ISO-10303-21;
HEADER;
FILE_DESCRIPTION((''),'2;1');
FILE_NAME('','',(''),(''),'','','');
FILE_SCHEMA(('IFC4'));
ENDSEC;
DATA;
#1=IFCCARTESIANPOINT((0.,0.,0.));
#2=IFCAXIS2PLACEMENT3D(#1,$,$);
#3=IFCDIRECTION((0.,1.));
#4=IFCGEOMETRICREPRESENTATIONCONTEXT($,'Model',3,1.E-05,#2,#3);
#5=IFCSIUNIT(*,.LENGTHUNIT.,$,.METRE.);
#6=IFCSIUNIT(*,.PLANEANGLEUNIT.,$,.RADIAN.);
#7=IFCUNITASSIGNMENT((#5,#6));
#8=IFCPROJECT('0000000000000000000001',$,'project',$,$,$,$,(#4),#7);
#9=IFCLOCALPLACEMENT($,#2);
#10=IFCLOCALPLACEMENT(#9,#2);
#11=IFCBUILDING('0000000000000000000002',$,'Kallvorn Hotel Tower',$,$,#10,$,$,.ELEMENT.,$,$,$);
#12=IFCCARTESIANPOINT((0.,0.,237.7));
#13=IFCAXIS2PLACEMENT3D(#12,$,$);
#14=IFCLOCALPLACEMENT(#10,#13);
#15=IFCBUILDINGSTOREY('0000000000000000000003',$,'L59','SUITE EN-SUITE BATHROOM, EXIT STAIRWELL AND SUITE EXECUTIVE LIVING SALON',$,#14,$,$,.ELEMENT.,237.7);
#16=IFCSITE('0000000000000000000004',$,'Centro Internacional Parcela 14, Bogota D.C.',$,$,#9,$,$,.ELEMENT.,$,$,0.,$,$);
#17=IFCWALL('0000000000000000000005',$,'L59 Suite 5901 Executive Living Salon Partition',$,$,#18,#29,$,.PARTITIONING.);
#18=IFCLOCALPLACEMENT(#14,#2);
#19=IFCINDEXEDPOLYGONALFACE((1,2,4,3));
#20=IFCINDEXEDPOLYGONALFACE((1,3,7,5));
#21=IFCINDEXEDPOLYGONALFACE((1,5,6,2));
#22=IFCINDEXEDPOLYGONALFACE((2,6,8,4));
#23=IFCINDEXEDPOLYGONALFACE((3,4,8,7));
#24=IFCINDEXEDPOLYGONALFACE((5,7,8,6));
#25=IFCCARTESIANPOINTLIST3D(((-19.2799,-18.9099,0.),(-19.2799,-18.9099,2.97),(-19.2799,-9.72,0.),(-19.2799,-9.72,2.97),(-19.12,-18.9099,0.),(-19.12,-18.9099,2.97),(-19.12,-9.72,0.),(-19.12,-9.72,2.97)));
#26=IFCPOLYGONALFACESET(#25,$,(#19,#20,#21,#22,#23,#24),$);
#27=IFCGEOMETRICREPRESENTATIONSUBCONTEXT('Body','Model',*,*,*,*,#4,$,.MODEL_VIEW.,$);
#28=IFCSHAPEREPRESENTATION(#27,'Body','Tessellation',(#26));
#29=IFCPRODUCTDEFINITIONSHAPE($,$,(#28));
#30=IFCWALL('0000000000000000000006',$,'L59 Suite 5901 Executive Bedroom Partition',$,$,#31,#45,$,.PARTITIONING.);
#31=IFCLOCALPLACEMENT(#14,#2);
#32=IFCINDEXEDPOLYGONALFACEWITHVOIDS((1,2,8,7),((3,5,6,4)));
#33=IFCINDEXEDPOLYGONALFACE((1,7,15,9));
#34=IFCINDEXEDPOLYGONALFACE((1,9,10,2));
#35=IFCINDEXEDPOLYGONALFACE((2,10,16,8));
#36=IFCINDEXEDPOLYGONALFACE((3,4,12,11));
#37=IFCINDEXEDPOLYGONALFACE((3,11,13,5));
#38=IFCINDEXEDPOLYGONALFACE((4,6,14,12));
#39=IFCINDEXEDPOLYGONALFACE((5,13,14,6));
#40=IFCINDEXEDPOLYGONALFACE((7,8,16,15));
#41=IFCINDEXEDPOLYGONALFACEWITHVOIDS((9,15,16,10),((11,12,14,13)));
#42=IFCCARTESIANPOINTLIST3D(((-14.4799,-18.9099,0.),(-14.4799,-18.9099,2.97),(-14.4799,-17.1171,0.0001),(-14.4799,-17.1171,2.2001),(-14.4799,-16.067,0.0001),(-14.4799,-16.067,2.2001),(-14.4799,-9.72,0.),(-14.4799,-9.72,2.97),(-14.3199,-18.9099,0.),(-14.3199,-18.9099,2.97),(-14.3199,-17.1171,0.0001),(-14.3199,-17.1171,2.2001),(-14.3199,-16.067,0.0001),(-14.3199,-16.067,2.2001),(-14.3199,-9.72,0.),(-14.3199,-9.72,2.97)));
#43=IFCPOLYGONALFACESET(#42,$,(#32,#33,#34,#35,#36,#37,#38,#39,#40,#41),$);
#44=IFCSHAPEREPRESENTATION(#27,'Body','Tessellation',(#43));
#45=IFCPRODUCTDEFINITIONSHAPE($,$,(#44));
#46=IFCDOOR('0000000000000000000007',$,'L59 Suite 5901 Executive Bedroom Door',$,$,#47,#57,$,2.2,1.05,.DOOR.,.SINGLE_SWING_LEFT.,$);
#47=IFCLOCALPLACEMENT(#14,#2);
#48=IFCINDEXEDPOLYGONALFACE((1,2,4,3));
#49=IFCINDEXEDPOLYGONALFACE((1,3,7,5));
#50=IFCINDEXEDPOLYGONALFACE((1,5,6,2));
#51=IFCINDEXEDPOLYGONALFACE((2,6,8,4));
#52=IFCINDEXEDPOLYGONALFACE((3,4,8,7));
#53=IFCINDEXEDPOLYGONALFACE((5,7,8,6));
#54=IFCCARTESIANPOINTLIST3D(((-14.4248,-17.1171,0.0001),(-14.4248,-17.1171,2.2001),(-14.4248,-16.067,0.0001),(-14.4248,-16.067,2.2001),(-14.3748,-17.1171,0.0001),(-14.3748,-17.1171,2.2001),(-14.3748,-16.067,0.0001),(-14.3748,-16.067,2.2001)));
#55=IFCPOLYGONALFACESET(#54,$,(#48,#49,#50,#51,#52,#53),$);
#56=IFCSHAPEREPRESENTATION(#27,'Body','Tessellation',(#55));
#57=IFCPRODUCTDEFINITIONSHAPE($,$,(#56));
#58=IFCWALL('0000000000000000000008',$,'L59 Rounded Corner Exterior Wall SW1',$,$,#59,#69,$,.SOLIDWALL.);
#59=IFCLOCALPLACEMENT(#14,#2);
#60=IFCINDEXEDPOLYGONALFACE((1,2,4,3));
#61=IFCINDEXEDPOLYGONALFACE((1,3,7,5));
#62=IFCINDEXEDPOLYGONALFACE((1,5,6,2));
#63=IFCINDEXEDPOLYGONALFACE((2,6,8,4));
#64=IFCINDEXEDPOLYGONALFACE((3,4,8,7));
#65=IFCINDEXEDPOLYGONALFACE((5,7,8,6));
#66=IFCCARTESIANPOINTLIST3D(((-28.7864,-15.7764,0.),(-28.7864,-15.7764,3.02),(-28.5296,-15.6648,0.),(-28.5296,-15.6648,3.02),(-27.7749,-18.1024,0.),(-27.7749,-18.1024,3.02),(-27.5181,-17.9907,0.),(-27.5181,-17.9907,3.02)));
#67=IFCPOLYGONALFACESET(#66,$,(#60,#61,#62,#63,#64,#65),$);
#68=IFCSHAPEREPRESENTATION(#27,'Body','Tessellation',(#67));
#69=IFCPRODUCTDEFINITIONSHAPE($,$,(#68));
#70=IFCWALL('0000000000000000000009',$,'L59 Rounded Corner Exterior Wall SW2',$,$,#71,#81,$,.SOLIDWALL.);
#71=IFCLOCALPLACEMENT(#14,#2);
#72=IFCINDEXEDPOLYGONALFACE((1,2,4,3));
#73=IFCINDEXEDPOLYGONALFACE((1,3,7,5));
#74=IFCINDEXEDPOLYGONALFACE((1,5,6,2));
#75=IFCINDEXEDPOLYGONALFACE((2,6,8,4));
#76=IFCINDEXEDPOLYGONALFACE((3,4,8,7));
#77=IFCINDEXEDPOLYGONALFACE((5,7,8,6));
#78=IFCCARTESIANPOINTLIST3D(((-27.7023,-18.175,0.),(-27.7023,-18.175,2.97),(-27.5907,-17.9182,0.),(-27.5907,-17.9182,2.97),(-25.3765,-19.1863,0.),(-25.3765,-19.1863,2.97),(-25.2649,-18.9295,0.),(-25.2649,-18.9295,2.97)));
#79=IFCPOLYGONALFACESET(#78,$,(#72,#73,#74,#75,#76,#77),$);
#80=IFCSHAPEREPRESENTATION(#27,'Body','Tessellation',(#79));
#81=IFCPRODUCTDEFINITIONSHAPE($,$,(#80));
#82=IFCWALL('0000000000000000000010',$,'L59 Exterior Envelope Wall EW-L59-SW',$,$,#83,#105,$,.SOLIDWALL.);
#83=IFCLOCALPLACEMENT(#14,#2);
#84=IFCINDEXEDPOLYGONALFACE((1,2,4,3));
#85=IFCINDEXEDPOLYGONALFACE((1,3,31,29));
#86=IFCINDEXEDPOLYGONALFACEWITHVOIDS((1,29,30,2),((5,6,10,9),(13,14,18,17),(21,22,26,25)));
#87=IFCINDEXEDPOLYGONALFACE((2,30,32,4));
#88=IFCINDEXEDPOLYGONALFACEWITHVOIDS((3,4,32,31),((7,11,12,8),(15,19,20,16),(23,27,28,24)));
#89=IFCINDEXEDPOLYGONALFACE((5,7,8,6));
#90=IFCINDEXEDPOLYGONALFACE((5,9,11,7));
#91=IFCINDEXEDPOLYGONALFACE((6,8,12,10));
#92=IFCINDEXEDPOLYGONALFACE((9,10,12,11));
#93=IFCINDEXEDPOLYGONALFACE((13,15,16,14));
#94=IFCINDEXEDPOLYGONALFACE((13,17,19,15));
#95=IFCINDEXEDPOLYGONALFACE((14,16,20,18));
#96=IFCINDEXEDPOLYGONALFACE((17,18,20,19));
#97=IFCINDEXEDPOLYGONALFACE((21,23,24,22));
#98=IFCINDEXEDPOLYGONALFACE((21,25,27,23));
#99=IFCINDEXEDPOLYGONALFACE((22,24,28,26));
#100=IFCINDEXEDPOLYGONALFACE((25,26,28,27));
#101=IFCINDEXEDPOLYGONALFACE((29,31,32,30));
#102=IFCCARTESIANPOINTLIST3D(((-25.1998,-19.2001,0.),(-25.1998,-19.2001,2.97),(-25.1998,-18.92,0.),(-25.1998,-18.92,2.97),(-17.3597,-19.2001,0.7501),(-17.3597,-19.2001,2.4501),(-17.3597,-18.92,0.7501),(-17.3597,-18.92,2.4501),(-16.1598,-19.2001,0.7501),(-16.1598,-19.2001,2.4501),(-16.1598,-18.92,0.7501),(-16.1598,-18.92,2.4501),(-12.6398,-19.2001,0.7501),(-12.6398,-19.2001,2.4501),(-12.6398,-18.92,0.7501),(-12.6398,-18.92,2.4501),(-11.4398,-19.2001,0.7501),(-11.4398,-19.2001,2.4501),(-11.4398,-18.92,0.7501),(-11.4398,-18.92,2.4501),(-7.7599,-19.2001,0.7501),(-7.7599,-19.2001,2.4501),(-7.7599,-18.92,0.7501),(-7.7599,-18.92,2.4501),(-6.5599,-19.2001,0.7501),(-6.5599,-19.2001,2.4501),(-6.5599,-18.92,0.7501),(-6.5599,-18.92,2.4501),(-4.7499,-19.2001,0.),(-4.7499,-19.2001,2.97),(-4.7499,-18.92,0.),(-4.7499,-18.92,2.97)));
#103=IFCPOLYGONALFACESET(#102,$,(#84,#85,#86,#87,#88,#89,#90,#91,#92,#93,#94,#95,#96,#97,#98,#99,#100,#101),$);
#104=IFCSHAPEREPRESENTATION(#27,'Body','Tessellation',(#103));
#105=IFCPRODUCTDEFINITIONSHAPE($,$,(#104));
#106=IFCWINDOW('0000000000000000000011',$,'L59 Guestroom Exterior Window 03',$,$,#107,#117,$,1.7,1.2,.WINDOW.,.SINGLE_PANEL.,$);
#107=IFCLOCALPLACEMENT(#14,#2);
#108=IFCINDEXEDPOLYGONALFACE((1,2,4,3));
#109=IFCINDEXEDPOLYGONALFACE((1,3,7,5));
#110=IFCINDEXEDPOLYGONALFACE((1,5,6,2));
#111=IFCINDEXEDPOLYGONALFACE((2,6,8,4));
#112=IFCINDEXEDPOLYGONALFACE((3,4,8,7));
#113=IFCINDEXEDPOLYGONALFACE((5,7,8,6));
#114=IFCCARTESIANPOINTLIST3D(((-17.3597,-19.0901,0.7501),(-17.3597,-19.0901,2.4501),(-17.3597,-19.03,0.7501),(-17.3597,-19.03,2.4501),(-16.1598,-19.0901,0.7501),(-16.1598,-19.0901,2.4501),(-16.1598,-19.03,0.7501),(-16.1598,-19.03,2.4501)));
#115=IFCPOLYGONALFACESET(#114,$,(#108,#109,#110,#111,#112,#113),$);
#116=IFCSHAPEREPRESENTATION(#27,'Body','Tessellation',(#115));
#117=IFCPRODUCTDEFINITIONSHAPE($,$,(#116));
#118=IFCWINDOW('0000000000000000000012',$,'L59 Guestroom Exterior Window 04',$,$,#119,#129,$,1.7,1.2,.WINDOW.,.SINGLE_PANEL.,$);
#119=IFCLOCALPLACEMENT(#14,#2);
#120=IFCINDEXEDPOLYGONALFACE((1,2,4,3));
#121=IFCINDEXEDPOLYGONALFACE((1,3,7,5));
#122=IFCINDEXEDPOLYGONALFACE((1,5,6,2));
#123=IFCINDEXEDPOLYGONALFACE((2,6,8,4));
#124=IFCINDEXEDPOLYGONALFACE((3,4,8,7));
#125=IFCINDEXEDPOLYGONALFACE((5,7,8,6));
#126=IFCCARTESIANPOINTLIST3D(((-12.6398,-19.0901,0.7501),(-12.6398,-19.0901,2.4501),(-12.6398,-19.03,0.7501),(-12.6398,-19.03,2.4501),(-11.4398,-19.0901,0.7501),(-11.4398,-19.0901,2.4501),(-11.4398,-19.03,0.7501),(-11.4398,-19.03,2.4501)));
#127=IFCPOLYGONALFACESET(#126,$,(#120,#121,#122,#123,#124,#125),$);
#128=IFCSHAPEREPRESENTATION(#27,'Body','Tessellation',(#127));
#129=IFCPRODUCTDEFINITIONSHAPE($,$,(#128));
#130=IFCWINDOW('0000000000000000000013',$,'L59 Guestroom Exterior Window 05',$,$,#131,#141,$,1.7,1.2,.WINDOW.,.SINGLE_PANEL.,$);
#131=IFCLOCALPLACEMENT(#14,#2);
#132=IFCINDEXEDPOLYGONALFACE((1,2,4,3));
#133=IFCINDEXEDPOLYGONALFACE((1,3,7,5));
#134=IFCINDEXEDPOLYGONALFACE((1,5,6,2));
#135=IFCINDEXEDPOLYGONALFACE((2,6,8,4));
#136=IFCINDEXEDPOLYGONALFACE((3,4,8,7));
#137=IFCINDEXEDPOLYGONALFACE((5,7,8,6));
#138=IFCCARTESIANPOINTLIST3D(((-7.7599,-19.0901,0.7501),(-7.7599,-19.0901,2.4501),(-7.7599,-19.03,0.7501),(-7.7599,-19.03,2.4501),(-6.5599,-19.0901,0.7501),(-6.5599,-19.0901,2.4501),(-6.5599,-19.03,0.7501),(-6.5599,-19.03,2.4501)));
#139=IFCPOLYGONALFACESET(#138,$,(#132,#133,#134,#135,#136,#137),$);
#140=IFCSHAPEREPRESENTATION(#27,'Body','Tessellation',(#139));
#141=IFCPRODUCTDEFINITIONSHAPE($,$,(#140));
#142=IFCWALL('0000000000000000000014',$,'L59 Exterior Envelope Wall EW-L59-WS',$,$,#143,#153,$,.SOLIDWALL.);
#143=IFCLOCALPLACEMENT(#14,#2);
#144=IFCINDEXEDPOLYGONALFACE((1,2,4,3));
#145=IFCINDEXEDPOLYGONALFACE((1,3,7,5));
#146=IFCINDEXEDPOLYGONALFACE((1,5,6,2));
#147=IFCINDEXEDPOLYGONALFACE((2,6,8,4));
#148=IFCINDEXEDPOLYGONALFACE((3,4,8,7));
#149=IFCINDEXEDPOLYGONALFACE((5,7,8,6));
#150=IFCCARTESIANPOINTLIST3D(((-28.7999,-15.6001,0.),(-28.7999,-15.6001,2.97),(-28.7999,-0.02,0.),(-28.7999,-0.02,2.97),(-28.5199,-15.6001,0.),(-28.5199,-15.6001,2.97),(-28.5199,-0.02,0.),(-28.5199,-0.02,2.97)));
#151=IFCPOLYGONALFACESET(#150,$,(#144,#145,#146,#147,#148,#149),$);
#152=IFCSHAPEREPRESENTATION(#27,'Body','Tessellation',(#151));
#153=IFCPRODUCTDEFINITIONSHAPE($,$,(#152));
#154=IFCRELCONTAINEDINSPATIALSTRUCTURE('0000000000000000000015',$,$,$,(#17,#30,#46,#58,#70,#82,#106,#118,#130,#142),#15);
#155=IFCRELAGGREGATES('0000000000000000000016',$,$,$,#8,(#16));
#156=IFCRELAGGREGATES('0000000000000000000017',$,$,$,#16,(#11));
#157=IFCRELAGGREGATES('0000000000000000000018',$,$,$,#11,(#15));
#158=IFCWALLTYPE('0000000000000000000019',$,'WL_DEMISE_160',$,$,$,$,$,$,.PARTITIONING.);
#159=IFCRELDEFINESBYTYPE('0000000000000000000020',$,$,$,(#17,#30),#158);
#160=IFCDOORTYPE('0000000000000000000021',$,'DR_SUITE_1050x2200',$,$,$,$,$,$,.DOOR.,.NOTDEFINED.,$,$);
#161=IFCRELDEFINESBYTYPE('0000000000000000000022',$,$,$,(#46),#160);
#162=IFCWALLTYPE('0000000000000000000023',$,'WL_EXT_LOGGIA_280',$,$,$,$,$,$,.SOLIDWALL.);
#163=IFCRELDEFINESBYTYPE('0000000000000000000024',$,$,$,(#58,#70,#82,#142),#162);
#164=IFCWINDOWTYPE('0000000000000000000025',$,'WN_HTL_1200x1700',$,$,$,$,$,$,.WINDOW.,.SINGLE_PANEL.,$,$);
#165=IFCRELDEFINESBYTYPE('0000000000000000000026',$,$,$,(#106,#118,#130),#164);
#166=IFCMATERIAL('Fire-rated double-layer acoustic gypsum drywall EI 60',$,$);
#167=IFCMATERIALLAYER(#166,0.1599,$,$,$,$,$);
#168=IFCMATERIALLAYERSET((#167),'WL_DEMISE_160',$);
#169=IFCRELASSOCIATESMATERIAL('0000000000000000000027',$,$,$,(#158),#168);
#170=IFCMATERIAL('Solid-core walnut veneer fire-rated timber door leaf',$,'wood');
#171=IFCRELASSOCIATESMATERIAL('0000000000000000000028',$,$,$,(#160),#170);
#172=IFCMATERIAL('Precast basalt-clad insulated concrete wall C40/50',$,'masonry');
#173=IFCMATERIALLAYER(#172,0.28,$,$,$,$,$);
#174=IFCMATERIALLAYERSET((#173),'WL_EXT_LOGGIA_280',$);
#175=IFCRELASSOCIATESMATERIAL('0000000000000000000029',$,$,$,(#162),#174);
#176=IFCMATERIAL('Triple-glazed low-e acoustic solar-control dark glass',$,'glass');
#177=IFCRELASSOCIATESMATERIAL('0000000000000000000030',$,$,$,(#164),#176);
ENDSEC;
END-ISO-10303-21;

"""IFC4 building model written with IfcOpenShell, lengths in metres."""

from ifc_helpers import new_model, si_unit, direction, frame, frame_2d, origin, place, context, subcontext, project, spatial, rectangle, extrude, material, layer, layer_set, type_object, element, fill, save


model = new_model("IFC4")

# Units and contexts
model_context = context("Model", 3, precision=1e-05, world=origin(), true_north=direction((0.0, 1.0)))
body_context = subcontext(model_context, "Body", "Model", "MODEL_VIEW")
ifc_project = project(units=[si_unit("LENGTHUNIT", "METRE"), si_unit("PLANEANGLEUNIT", "RADIAN")], contexts=[model_context])

# Site, building, storey
site_placement = place(None, origin())
site = spatial("IfcSite", under=ifc_project, at=site_placement, Name="Centro Internacional Parcela 14, Bogota D.C.", CompositionType="ELEMENT", RefElevation=0.0)
building_placement = place(site_placement, origin())
building = spatial("IfcBuilding", under=site, at=building_placement, Name="Kallvorn Hotel Tower", CompositionType="ELEMENT")
storey_placement = place(building_placement, frame((0.0, 0.0, 237.7)))
storey = spatial("IfcBuildingStorey", under=building, at=storey_placement, Name="L59", Description="SUITE EN-SUITE BATHROOM, EXIT STAIRWELL AND SUITE EXECUTIVE LIVING SALON", CompositionType="ELEMENT", Elevation=237.7)

# Wall
ifc_material_1 = material(Name="Fire-rated double-layer acoustic gypsum drywall EI 60")
ifc_layer_1 = layer(ifc_material_1, 0.1599)
ifc_layer_set_1 = layer_set([ifc_layer_1], Name="WL_DEMISE_160")
wall_type_1 = type_object("IfcWallType", Name="WL_DEMISE_160", PredefinedType="PARTITIONING", material=ifc_layer_set_1)
wall_1_placement = place(storey_placement, frame((-19.2, -18.9099, 0.0), z_axis=(0.0, 0.0, 1.0), x_axis=(0.0, 1.0, 0.0)))
element("IfcWall", 1, at=wall_1_placement, inside=storey, type_object=wall_type_1, Name="L59 Suite 5901 Executive Living Salon Partition", PredefinedType="PARTITIONING", context=body_context, shape_type="SweptSolid", body=[
    extrude(rectangle(XDim=9.1899, YDim=0.1599, at=frame_2d((4.595, 0.0))), origin(), (0.0, 0.0, 1.0), 2.97),
])

# Wall, opening, door
wall_2_placement = place(storey_placement, frame((-14.3999, -18.9099, 0.0), z_axis=(0.0, 0.0, 1.0), x_axis=(0.0, 1.0, 0.0)))
wall_2 = element("IfcWall", 2, at=wall_2_placement, inside=storey, type_object=wall_type_1, Name="L59 Suite 5901 Executive Bedroom Partition", PredefinedType="PARTITIONING", context=body_context, shape_type="SweptSolid", body=[
    extrude(rectangle(XDim=9.1899, YDim=0.1599, at=frame_2d((4.595, 0.0))), origin(), (0.0, 0.0, 1.0), 2.97),
])
opening_1_placement = place(wall_2_placement, frame((1.793, 0.0, 0.0)))
opening_1 = element("IfcOpeningElement", 3, at=opening_1_placement, cuts=wall_2, PredefinedType="OPENING", context=body_context, shape_type="SweptSolid", body=[
    extrude(rectangle(XDim=1.05, YDim=2.2, at=frame_2d((0.5249, 1.1001))), frame((0.0, 0.095, 0.0), z_axis=(0.0, -1.0, 0.0), x_axis=(1.0, 0.0, 0.0)), (0.0, 0.0, 1.0), 0.1899),
])
ifc_material_2 = material(Name="Solid-core walnut veneer fire-rated timber door leaf", Category="wood")
door_type_1 = type_object("IfcDoorType", Name="DR_SUITE_1050x2200", OperationType="NOTDEFINED", PredefinedType="DOOR", material=ifc_material_2)
door_1_placement = place(opening_1_placement, origin())
door_1 = element("IfcDoor", 4, at=door_1_placement, inside=storey, type_object=door_type_1, Name="L59 Suite 5901 Executive Bedroom Door", OperationType="SINGLE_SWING_LEFT", OverallHeight=2.2, OverallWidth=1.05, PredefinedType="DOOR", context=body_context, shape_type="SweptSolid", body=[
    extrude(rectangle(XDim=1.05, YDim=2.2, at=frame_2d((0.5249, 1.1001))), frame((0.0, 0.0249, 0.0), z_axis=(0.0, -1.0, 0.0), x_axis=(1.0, 0.0, 0.0)), (0.0, 0.0, 1.0), 0.05),
])
fill(opening_1, door_1)

# Walls
ifc_material_3 = material(Name="Precast basalt-clad insulated concrete wall C40/50", Category="masonry")
ifc_layer_2 = layer(ifc_material_3, 0.28)
ifc_layer_set_2 = layer_set([ifc_layer_2], Name="WL_EXT_LOGGIA_280")
wall_type_2 = type_object("IfcWallType", Name="WL_EXT_LOGGIA_280", PredefinedType="SOLIDWALL", material=ifc_layer_set_2)
wall_3_placement = place(storey_placement, frame((-28.658, -15.7207, 0.0), z_axis=(0.0, 0.0, 1.0), x_axis=(0.398793, -0.917041, 0.0)))
element("IfcWall", 5, at=wall_3_placement, inside=storey, type_object=wall_type_2, Name="L59 Rounded Corner Exterior Wall SW1", PredefinedType="SOLIDWALL", context=body_context, shape_type="SweptSolid", body=[
    extrude(rectangle(XDim=2.5364, YDim=0.28, at=frame_2d((1.2681, 0.0))), origin(), (0.0, 0.0, 1.0), 3.02),
])
wall_4_placement = place(storey_placement, frame((-27.6465, -18.0466, 0.0), z_axis=(0.0, 0.0, 1.0), x_axis=(0.917061, -0.398747, 0.0)))
element("IfcWall", 6, at=wall_4_placement, inside=storey, type_object=wall_type_2, Name="L59 Rounded Corner Exterior Wall SW2", PredefinedType="SOLIDWALL", context=body_context, shape_type="SweptSolid", body=[
    extrude(rectangle(XDim=2.5361, YDim=0.28, at=frame_2d((1.2681, 0.0))), origin(), (0.0, 0.0, 1.0), 2.97),
])

# Wall, openings, windows
wall_5_placement = place(storey_placement, frame((-25.2, -19.0601, 0.0), z_axis=(0.0, 0.0, 1.0), x_axis=(1.0, 0.0, 0.0)))
wall_5 = element("IfcWall", 7, at=wall_5_placement, inside=storey, type_object=wall_type_2, Name="L59 Exterior Envelope Wall EW-L59-SW", PredefinedType="SOLIDWALL", context=body_context, shape_type="SweptSolid", body=[
    extrude(rectangle(XDim=20.45, YDim=0.28, at=frame_2d((10.2251, 0.0))), origin(), (0.0, 0.0, 1.0), 2.97),
])
opening_2_placement = place(wall_5_placement, frame((7.8401, 0.0, 0.75)))
opening_2 = element("IfcOpeningElement", 8, at=opening_2_placement, cuts=wall_5, PredefinedType="OPENING", context=body_context, shape_type="SweptSolid", body=[
    extrude(rectangle(XDim=1.2, YDim=1.7, at=frame_2d((0.6001, 0.8501))), frame((0.0, 0.155, 0.0), z_axis=(0.0, -1.0, 0.0), x_axis=(1.0, 0.0, 0.0)), (0.0, 0.0, 1.0), 0.3101),
])
opening_3_placement = place(wall_5_placement, frame((12.5601, 0.0, 0.75)))
opening_3 = element("IfcOpeningElement", 9, at=opening_3_placement, cuts=wall_5, PredefinedType="OPENING", context=body_context, shape_type="SweptSolid", body=[
    extrude(rectangle(XDim=1.2, YDim=1.7, at=frame_2d((0.6001, 0.8501))), frame((0.0, 0.155, 0.0), z_axis=(0.0, -1.0, 0.0), x_axis=(1.0, 0.0, 0.0)), (0.0, 0.0, 1.0), 0.3101),
])
opening_4_placement = place(wall_5_placement, frame((17.4399, 0.0, 0.75)))
opening_4 = element("IfcOpeningElement", 10, at=opening_4_placement, cuts=wall_5, PredefinedType="OPENING", context=body_context, shape_type="SweptSolid", body=[
    extrude(rectangle(XDim=1.2, YDim=1.7, at=frame_2d((0.6001, 0.8501))), frame((0.0, 0.155, 0.0), z_axis=(0.0, -1.0, 0.0), x_axis=(1.0, 0.0, 0.0)), (0.0, 0.0, 1.0), 0.3101),
])
ifc_material_4 = material(Name="Triple-glazed low-e acoustic solar-control dark glass", Category="glass")
window_type = type_object("IfcWindowType", Name="WN_HTL_1200x1700", PartitioningType="SINGLE_PANEL", PredefinedType="WINDOW", material=ifc_material_4)
window_1_placement = place(opening_2_placement, origin())
window_1 = element("IfcWindow", 11, at=window_1_placement, inside=storey, type_object=window_type, Name="L59 Guestroom Exterior Window 03", OverallHeight=1.7, OverallWidth=1.2, PartitioningType="SINGLE_PANEL", PredefinedType="WINDOW", context=body_context, shape_type="SweptSolid", body=[
    extrude(rectangle(XDim=1.2, YDim=1.7, at=frame_2d((0.6001, 0.8501))), frame((0.0, 0.03, 0.0), z_axis=(0.0, -1.0, 0.0), x_axis=(1.0, 0.0, 0.0)), (0.0, 0.0, 1.0), 0.0601),
])
fill(opening_2, window_1)
window_2_placement = place(opening_3_placement, origin())
window_2 = element("IfcWindow", 12, at=window_2_placement, inside=storey, type_object=window_type, Name="L59 Guestroom Exterior Window 04", OverallHeight=1.7, OverallWidth=1.2, PartitioningType="SINGLE_PANEL", PredefinedType="WINDOW", context=body_context, shape_type="SweptSolid", body=[
    extrude(rectangle(XDim=1.2, YDim=1.7, at=frame_2d((0.6001, 0.8501))), frame((0.0, 0.03, 0.0), z_axis=(0.0, -1.0, 0.0), x_axis=(1.0, 0.0, 0.0)), (0.0, 0.0, 1.0), 0.0601),
])
fill(opening_3, window_2)
window_3_placement = place(opening_4_placement, origin())
window_3 = element("IfcWindow", 13, at=window_3_placement, inside=storey, type_object=window_type, Name="L59 Guestroom Exterior Window 05", OverallHeight=1.7, OverallWidth=1.2, PartitioningType="SINGLE_PANEL", PredefinedType="WINDOW", context=body_context, shape_type="SweptSolid", body=[
    extrude(rectangle(XDim=1.2, YDim=1.7, at=frame_2d((0.6001, 0.8501))), frame((0.0, 0.03, 0.0), z_axis=(0.0, -1.0, 0.0), x_axis=(1.0, 0.0, 0.0)), (0.0, 0.0, 1.0), 0.0601),
])
fill(opening_4, window_3)

# Wall
wall_6_placement = place(storey_placement, frame((-28.6599, -15.6001, 0.0), z_axis=(0.0, 0.0, 1.0), x_axis=(0.0, 1.0, 0.0)))
element("IfcWall", 14, at=wall_6_placement, inside=storey, type_object=wall_type_2, Name="L59 Exterior Envelope Wall EW-L59-WS", PredefinedType="SOLIDWALL", context=body_context, shape_type="SweptSolid", body=[
    extrude(rectangle(XDim=15.5801, YDim=0.28, at=frame_2d((7.79, 0.0))), origin(), (0.0, 0.0, 1.0), 2.97),
])

save(model, "model.ifc")
